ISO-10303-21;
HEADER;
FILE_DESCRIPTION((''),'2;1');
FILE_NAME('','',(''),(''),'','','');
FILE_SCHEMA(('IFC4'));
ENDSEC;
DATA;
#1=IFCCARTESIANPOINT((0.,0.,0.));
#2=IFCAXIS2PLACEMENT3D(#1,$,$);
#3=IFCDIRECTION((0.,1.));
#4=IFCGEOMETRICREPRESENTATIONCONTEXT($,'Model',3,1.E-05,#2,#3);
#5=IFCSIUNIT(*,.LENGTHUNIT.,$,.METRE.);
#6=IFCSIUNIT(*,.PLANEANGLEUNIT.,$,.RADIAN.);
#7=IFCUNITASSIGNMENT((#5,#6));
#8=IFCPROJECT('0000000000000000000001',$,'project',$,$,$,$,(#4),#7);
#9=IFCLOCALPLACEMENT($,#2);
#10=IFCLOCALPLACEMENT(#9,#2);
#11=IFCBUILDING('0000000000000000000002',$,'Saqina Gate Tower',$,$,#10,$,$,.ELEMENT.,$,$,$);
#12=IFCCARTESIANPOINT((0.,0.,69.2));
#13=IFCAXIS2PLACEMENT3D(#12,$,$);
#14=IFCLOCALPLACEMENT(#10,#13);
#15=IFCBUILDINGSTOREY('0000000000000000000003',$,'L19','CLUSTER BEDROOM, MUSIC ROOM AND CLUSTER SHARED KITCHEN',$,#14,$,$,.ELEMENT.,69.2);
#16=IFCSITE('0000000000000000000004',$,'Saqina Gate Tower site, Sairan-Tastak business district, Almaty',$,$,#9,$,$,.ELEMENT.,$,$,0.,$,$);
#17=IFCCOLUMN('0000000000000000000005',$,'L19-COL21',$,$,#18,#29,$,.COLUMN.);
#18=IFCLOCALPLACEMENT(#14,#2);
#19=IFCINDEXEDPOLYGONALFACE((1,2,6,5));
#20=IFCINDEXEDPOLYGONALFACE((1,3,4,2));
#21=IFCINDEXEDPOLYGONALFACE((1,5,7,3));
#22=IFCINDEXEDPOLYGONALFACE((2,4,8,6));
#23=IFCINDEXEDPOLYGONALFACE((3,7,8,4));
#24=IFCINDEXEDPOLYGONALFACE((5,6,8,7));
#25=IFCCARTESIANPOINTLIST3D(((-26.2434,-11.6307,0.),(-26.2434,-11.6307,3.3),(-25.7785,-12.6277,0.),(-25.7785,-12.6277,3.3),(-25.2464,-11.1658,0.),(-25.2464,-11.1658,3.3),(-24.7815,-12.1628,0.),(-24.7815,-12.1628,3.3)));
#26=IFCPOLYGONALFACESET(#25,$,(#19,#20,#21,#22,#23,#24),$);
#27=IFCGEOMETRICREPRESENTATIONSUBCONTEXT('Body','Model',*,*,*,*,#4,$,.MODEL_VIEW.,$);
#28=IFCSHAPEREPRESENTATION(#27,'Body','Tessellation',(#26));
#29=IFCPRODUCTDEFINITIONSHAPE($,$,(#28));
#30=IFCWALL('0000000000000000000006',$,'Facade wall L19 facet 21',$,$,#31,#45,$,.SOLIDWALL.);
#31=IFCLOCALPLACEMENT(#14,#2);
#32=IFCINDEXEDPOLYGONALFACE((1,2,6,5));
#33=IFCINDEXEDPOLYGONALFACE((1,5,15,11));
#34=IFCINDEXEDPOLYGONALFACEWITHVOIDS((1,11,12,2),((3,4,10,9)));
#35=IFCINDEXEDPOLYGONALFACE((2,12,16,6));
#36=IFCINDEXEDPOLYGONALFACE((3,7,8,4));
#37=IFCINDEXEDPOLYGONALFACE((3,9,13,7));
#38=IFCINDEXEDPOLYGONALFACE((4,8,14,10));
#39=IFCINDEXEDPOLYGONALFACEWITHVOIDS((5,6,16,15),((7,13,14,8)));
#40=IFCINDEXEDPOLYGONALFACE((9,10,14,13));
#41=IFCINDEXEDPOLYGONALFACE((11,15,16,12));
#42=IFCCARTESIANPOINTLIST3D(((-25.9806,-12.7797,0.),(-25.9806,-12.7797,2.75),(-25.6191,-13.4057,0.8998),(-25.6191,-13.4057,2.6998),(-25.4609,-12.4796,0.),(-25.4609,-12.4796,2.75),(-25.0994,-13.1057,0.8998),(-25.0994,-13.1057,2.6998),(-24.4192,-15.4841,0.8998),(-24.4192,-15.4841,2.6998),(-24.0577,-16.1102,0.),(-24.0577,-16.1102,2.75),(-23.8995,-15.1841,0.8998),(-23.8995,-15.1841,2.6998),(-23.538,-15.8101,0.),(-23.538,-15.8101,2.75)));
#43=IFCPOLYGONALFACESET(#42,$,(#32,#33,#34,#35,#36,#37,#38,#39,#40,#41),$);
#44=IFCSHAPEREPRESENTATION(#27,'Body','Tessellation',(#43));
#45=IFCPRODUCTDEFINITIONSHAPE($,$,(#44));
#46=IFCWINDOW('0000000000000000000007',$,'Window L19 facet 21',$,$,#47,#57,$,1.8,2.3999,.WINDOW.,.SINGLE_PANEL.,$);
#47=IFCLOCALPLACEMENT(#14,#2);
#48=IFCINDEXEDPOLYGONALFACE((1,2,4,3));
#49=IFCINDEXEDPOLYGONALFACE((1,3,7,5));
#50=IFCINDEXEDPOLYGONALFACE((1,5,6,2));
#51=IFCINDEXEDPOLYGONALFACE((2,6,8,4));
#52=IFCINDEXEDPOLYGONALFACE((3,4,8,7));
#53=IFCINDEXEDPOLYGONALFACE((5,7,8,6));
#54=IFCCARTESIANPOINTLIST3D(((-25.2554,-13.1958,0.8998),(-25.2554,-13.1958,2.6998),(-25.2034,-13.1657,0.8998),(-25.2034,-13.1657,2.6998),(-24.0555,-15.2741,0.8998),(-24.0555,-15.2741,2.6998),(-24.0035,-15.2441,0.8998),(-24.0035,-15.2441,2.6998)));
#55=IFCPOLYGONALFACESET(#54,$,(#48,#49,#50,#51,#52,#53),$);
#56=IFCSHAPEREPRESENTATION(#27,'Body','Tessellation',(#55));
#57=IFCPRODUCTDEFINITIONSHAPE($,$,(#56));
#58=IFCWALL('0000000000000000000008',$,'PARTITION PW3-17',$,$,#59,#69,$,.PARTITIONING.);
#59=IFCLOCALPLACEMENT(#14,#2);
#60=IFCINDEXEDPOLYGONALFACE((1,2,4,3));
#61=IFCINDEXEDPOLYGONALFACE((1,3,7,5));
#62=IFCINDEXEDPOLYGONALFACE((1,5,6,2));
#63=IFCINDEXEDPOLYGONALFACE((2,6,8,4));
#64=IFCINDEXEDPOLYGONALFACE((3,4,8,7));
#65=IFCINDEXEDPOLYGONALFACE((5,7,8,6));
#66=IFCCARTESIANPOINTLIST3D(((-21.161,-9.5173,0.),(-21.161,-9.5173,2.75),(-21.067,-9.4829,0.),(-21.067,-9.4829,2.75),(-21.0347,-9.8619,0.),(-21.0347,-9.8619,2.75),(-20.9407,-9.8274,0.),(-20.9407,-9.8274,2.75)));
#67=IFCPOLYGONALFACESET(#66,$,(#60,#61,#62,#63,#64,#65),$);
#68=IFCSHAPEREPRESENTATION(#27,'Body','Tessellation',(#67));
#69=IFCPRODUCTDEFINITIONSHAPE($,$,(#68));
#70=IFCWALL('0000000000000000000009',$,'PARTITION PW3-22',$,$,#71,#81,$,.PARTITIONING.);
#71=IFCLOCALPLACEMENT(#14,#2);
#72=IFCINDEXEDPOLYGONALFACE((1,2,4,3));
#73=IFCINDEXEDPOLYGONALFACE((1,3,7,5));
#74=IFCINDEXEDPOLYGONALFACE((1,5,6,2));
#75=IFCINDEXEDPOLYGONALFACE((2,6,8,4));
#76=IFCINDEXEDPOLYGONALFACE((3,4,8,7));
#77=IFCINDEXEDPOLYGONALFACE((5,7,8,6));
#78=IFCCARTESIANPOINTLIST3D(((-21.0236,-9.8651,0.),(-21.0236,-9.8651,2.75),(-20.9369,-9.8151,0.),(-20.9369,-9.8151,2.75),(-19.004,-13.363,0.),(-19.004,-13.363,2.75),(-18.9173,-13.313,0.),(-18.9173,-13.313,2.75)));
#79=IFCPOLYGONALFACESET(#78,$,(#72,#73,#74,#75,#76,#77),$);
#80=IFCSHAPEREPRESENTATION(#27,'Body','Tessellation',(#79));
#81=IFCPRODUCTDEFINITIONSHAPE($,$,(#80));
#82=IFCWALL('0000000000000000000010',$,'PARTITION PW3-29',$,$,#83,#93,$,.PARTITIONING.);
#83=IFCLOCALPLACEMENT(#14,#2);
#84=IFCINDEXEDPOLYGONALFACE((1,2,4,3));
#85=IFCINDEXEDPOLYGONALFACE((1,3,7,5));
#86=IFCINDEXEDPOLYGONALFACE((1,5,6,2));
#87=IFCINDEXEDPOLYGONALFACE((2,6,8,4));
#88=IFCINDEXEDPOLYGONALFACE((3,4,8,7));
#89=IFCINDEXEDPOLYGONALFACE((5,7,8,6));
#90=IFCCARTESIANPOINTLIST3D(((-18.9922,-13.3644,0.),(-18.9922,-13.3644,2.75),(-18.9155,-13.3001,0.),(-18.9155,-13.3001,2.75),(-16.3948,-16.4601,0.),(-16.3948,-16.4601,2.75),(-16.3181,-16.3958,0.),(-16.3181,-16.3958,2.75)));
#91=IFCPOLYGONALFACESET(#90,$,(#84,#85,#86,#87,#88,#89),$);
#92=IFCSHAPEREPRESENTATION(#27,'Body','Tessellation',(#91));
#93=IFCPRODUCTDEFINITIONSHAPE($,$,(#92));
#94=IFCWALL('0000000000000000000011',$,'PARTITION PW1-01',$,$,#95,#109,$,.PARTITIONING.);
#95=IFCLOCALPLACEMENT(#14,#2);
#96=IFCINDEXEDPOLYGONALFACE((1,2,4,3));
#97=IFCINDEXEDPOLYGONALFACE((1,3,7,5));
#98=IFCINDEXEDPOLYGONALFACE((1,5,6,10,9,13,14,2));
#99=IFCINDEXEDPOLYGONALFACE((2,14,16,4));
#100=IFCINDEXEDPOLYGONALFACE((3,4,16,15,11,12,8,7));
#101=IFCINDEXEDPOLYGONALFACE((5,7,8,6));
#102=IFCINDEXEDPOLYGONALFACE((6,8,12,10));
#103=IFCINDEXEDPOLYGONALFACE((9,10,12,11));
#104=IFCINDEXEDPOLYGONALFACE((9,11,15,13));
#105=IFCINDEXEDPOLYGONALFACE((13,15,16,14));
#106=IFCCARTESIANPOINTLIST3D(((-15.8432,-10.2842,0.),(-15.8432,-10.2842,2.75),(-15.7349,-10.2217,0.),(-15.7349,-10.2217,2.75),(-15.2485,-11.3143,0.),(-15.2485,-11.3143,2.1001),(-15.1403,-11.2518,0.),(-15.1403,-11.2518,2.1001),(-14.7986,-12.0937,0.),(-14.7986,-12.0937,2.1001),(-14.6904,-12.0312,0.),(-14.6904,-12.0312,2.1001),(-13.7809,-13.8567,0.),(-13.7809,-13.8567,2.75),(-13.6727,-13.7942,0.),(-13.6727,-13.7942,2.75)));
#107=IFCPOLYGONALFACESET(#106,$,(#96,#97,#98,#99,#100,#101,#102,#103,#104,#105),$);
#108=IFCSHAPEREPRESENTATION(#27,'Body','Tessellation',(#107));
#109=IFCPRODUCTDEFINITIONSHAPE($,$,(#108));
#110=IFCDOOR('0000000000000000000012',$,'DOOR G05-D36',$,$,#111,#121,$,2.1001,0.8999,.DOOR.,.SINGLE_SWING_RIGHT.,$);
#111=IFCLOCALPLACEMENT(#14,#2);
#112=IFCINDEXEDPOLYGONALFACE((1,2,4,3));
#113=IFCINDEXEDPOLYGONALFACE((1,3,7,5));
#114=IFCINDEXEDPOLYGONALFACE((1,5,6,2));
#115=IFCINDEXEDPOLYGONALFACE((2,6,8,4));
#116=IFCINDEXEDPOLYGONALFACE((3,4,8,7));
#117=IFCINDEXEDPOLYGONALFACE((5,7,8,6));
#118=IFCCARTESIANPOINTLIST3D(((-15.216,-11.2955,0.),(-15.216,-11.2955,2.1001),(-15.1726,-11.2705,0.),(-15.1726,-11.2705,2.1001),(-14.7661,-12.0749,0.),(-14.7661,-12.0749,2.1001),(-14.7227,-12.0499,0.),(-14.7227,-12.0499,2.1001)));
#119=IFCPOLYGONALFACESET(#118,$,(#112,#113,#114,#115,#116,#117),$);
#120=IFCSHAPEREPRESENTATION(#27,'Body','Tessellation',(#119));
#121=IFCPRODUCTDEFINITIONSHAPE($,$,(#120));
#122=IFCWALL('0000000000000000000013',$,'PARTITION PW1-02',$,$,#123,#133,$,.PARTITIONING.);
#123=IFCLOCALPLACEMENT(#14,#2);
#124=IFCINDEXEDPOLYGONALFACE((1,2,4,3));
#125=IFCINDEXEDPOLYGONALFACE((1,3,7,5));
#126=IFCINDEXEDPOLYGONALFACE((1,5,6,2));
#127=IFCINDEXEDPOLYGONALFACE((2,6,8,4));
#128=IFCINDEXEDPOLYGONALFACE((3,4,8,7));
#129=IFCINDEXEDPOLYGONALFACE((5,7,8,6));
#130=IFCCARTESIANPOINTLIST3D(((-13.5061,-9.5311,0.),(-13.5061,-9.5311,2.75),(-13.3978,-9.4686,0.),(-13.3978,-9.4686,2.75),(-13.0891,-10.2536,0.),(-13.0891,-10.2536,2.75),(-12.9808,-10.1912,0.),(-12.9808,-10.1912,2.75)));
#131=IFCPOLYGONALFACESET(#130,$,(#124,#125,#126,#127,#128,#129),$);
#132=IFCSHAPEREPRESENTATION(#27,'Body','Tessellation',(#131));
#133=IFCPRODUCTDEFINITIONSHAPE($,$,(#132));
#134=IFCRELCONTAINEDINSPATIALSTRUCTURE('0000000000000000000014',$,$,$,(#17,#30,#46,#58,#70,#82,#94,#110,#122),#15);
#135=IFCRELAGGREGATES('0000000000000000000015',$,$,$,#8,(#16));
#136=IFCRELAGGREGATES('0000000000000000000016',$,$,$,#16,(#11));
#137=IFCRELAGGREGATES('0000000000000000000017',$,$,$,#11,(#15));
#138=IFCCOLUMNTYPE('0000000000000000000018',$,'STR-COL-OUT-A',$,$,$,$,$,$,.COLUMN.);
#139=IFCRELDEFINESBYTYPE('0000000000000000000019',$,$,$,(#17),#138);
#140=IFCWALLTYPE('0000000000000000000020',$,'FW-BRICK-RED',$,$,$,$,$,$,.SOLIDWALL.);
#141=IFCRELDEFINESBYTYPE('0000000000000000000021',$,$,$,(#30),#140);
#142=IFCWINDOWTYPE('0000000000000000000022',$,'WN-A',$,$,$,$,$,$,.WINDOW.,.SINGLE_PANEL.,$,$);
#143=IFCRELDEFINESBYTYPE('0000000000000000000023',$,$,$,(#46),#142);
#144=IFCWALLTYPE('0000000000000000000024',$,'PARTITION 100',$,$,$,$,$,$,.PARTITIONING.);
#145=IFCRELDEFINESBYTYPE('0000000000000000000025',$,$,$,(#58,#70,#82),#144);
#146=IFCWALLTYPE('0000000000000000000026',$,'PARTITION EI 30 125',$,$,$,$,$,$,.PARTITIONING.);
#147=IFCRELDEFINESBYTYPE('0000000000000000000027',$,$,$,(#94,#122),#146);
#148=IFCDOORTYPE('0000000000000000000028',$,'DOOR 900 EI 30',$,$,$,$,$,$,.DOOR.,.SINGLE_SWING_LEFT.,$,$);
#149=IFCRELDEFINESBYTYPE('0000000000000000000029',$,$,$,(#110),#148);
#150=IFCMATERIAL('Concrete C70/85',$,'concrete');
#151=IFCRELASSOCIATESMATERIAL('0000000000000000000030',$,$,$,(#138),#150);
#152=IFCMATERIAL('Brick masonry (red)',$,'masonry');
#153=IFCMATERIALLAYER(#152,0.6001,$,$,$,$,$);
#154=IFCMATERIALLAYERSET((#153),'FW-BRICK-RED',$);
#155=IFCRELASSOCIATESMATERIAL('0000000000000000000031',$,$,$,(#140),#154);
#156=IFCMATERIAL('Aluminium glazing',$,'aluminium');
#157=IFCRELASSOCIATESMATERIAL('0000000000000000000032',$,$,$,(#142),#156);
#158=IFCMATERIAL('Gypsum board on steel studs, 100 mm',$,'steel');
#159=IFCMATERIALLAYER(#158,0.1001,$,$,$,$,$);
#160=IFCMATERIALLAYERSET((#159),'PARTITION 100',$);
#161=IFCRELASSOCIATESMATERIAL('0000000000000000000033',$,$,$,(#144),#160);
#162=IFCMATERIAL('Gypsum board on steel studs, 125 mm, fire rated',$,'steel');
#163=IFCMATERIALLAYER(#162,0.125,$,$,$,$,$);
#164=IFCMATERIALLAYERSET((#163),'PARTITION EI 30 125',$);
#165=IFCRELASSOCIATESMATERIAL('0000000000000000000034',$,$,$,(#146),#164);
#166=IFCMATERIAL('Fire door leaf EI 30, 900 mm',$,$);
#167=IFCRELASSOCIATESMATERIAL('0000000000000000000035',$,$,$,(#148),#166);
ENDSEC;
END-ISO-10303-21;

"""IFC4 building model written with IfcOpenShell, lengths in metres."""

from ifc_helpers import new_model, si_unit, direction, frame, frame_2d, origin, origin_2d, place, context, subcontext, project, spatial, rectangle, extrude, material, layer, layer_set, material_profile, profile_set, type_object, element, fill, save


model = new_model("IFC4")

# Units and contexts
model_context = context("Model", 3, precision=1e-05, world=origin(), true_north=direction((0.0, 1.0)))
body_context = subcontext(model_context, "Body", "Model", "MODEL_VIEW")
ifc_project = project(units=[si_unit("LENGTHUNIT", "METRE"), si_unit("PLANEANGLEUNIT", "RADIAN")], contexts=[model_context])

# Site, building, storey
site_placement = place(None, origin())
site = spatial("IfcSite", under=ifc_project, at=site_placement, Name="Saqina Gate Tower site, Sairan-Tastak business district, Almaty", CompositionType="ELEMENT", RefElevation=0.0)
building_placement = place(site_placement, origin())
building = spatial("IfcBuilding", under=site, at=building_placement, Name="Saqina Gate Tower", CompositionType="ELEMENT")
storey_placement = place(building_placement, frame((0.0, 0.0, 69.2)))
storey = spatial("IfcBuildingStorey", under=building, at=storey_placement, Name="L19", Description="CLUSTER BEDROOM, MUSIC ROOM AND CLUSTER SHARED KITCHEN", CompositionType="ELEMENT", Elevation=69.2)

# Column
ifc_material_1 = material(Name="Concrete C70/85", Category="concrete")
ifc_material_profile = material_profile(ifc_material_1, rectangle(XDim=1.1001, YDim=1.1001, at=origin_2d()), Name="RC 1100x1100")
ifc_profile_set = profile_set([ifc_material_profile], Name="Concrete C70/85")
column_type = type_object("IfcColumnType", Name="STR-COL-OUT-A", PredefinedType="COLUMN", material=ifc_profile_set)
column_placement = place(storey_placement, frame((-25.5125, -11.8967, 0.0), z_axis=(0.0, 0.0, 1.0), x_axis=(-0.906308, -0.422618, 0.0)))
element("IfcColumn", 1, at=column_placement, inside=storey, type_object=column_type, Name="L19-COL21", PredefinedType="COLUMN", context=body_context, shape_type="SweptSolid", body=[
    extrude(rectangle(XDim=1.1001, YDim=1.1001, at=origin_2d()), origin(), (0.0, 0.0, 1.0), 3.3),
])

# Wall, opening, window
ifc_material_2 = material(Name="Brick masonry (red)", Category="masonry")
ifc_layer_1 = layer(ifc_material_2, 0.6001)
ifc_layer_set_1 = layer_set([ifc_layer_1], Name="FW-BRICK-RED")
wall_type_1 = type_object("IfcWallType", Name="FW-BRICK-RED", PredefinedType="SOLIDWALL", material=ifc_layer_set_1)
wall_1_placement = place(storey_placement, frame((-25.7207, -12.6296, 0.0), z_axis=(0.0, 0.0, 1.0), x_axis=(0.49999, -0.866031, 0.0)))
wall_1 = element("IfcWall", 2, at=wall_1_placement, inside=storey, type_object=wall_type_1, Name="Facade wall L19 facet 21", PredefinedType="SOLIDWALL", context=body_context, shape_type="SweptSolid", body=[
    extrude(rectangle(XDim=3.8457, YDim=0.6001, at=frame_2d((1.9229, 0.0))), origin(), (0.0, 0.0, 1.0), 2.75),
])
opening_1_placement = place(wall_1_placement, frame((0.7229, 0.0, 0.8999)))
opening_1 = element("IfcOpeningElement", 3, at=opening_1_placement, cuts=wall_1, PredefinedType="OPENING", context=body_context, shape_type="SweptSolid", body=[
    extrude(rectangle(XDim=2.3999, YDim=1.8, at=frame_2d((1.2, 0.8999))), frame((0.0, 0.312, 0.0), z_axis=(0.0, -1.0, 0.0), x_axis=(1.0, 0.0, 0.0)), (0.0, 0.0, 1.0), 0.624),
])
ifc_material_3 = material(Name="Aluminium glazing", Category="aluminium")
window_type = type_object("IfcWindowType", Name="WN-A", PartitioningType="SINGLE_PANEL", PredefinedType="WINDOW", material=ifc_material_3)
window_placement = place(opening_1_placement, origin())
window = element("IfcWindow", 4, at=window_placement, inside=storey, type_object=window_type, Name="Window L19 facet 21", OverallHeight=1.8, OverallWidth=2.3999, PartitioningType="SINGLE_PANEL", PredefinedType="WINDOW", context=body_context, shape_type="SweptSolid", body=[
    extrude(rectangle(XDim=2.3999, YDim=1.8, at=frame_2d((1.2, 0.8999))), frame((0.0, 0.1799, 0.0), z_axis=(0.0, -1.0, 0.0), x_axis=(1.0, 0.0, 0.0)), (0.0, 0.0, 1.0), 0.0601),
])
fill(opening_1, window)

# Walls
ifc_material_4 = material(Name="Gypsum board on steel studs, 100 mm", Category="steel")
ifc_layer_2 = layer(ifc_material_4, 0.1001)
ifc_layer_set_2 = layer_set([ifc_layer_2], Name="PARTITION 100")
wall_type_2 = type_object("IfcWallType", Name="PARTITION 100", PredefinedType="PARTITIONING", material=ifc_layer_set_2)
wall_2_placement = place(storey_placement, frame((-21.114, -9.5, 0.0), z_axis=(0.0, 0.0, 1.0), x_axis=(0.34404, -0.938955, 0.0)))
element("IfcWall", 5, at=wall_2_placement, inside=storey, type_object=wall_type_2, Name="PARTITION PW3-17", PredefinedType="PARTITIONING", context=body_context, shape_type="SweptSolid", body=[
    extrude(rectangle(XDim=0.3669, YDim=0.1001, at=frame_2d((0.1836, 0.0))), origin(), (0.0, 0.0, 1.0), 2.75),
])
wall_3_placement = place(storey_placement, frame((-20.9802, -9.8401, 0.0), z_axis=(0.0, 0.0, 1.0), x_axis=(0.500014, -0.866017, 0.0)))
element("IfcWall", 6, at=wall_3_placement, inside=storey, type_object=wall_type_2, Name="PARTITION PW3-22", PredefinedType="PARTITIONING", context=body_context, shape_type="SweptSolid", body=[
    extrude(rectangle(XDim=4.0391, YDim=0.1001, at=frame_2d((2.0195, 0.0))), origin(), (0.0, 0.0, 1.0), 2.75),
])
wall_4_placement = place(storey_placement, frame((-18.9539, -13.3323, 0.0), z_axis=(0.0, 0.0, 1.0), x_axis=(0.64276, -0.766068, 0.0)))
element("IfcWall", 7, at=wall_4_placement, inside=storey, type_object=wall_type_2, Name="PARTITION PW3-29", PredefinedType="PARTITIONING", context=body_context, shape_type="SweptSolid", body=[
    extrude(rectangle(XDim=4.041, YDim=0.1001, at=frame_2d((2.0205, 0.0))), origin(), (0.0, 0.0, 1.0), 2.75),
])

# Wall, opening, door
ifc_material_5 = material(Name="Gypsum board on steel studs, 125 mm, fire rated", Category="steel")
ifc_layer_3 = layer(ifc_material_5, 0.125)
ifc_layer_set_3 = layer_set([ifc_layer_3], Name="PARTITION EI 30 125")
wall_type_3 = type_object("IfcWallType", Name="PARTITION EI 30 125", PredefinedType="PARTITIONING", material=ifc_layer_set_3)
wall_5_placement = place(storey_placement, frame((-15.7891, -10.2529, 0.0), z_axis=(0.0, 0.0, 1.0), x_axis=(0.499939, -0.86606, 0.0)))
wall_5 = element("IfcWall", 8, at=wall_5_placement, inside=storey, type_object=wall_type_3, Name="PARTITION PW1-01", PredefinedType="PARTITIONING", context=body_context, shape_type="SweptSolid", body=[
    extrude(rectangle(XDim=4.125, YDim=0.125, at=frame_2d((2.0625, 0.0))), origin(), (0.0, 0.0, 1.0), 2.75),
])
opening_2_placement = place(wall_5_placement, frame((1.1895, 0.0, 0.0)))
opening_2 = element("IfcOpeningElement", 9, at=opening_2_placement, cuts=wall_5, PredefinedType="OPENING", context=body_context, shape_type="SweptSolid", body=[
    extrude(rectangle(XDim=0.8999, YDim=2.1001, at=frame_2d((0.45, 1.05))), frame((0.0, 0.0745, 0.0), z_axis=(0.0, -1.0, 0.0), x_axis=(1.0, 0.0, 0.0)), (0.0, 0.0, 1.0), 0.1489),
])
ifc_material_6 = material(Name="Fire door leaf EI 30, 900 mm")
door_type_1 = type_object("IfcDoorType", Name="DOOR 900 EI 30", OperationType="SINGLE_SWING_LEFT", PredefinedType="DOOR", material=ifc_material_6)
door_1_placement = place(opening_2_placement, frame((0.8999, 0.0, 0.0), z_axis=(0.0, 0.0, 1.0), x_axis=(-1.0, 0.0, 0.0)))
door_1 = element("IfcDoor", 10, at=door_1_placement, inside=storey, type_object=door_type_1, Name="DOOR G05-D36", OperationType="SINGLE_SWING_RIGHT", OverallHeight=2.1001, OverallWidth=0.8999, PredefinedType="DOOR", context=body_context, shape_type="SweptSolid", body=[
    extrude(rectangle(XDim=0.8999, YDim=2.1001, at=frame_2d((0.45, 1.05))), frame((0.0, 0.0249, 0.0), z_axis=(0.0, -1.0, 0.0), x_axis=(1.0, 0.0, 0.0)), (0.0, 0.0, 1.0), 0.05),
])
fill(opening_2, door_1)

# Wall
wall_6_placement = place(storey_placement, frame((-13.4519, -9.5, 0.0), z_axis=(0.0, 0.0, 1.0), x_axis=(0.499917, -0.866073, 0.0)))
element("IfcWall", 11, at=wall_6_placement, inside=storey, type_object=wall_type_3, Name="PARTITION PW1-02", PredefinedType="PARTITIONING", context=body_context, shape_type="SweptSolid", body=[
    extrude(rectangle(XDim=0.8342, YDim=0.125, at=frame_2d((0.417, 0.0))), origin(), (0.0, 0.0, 1.0), 2.75),
])

save(model, "model.ifc")
